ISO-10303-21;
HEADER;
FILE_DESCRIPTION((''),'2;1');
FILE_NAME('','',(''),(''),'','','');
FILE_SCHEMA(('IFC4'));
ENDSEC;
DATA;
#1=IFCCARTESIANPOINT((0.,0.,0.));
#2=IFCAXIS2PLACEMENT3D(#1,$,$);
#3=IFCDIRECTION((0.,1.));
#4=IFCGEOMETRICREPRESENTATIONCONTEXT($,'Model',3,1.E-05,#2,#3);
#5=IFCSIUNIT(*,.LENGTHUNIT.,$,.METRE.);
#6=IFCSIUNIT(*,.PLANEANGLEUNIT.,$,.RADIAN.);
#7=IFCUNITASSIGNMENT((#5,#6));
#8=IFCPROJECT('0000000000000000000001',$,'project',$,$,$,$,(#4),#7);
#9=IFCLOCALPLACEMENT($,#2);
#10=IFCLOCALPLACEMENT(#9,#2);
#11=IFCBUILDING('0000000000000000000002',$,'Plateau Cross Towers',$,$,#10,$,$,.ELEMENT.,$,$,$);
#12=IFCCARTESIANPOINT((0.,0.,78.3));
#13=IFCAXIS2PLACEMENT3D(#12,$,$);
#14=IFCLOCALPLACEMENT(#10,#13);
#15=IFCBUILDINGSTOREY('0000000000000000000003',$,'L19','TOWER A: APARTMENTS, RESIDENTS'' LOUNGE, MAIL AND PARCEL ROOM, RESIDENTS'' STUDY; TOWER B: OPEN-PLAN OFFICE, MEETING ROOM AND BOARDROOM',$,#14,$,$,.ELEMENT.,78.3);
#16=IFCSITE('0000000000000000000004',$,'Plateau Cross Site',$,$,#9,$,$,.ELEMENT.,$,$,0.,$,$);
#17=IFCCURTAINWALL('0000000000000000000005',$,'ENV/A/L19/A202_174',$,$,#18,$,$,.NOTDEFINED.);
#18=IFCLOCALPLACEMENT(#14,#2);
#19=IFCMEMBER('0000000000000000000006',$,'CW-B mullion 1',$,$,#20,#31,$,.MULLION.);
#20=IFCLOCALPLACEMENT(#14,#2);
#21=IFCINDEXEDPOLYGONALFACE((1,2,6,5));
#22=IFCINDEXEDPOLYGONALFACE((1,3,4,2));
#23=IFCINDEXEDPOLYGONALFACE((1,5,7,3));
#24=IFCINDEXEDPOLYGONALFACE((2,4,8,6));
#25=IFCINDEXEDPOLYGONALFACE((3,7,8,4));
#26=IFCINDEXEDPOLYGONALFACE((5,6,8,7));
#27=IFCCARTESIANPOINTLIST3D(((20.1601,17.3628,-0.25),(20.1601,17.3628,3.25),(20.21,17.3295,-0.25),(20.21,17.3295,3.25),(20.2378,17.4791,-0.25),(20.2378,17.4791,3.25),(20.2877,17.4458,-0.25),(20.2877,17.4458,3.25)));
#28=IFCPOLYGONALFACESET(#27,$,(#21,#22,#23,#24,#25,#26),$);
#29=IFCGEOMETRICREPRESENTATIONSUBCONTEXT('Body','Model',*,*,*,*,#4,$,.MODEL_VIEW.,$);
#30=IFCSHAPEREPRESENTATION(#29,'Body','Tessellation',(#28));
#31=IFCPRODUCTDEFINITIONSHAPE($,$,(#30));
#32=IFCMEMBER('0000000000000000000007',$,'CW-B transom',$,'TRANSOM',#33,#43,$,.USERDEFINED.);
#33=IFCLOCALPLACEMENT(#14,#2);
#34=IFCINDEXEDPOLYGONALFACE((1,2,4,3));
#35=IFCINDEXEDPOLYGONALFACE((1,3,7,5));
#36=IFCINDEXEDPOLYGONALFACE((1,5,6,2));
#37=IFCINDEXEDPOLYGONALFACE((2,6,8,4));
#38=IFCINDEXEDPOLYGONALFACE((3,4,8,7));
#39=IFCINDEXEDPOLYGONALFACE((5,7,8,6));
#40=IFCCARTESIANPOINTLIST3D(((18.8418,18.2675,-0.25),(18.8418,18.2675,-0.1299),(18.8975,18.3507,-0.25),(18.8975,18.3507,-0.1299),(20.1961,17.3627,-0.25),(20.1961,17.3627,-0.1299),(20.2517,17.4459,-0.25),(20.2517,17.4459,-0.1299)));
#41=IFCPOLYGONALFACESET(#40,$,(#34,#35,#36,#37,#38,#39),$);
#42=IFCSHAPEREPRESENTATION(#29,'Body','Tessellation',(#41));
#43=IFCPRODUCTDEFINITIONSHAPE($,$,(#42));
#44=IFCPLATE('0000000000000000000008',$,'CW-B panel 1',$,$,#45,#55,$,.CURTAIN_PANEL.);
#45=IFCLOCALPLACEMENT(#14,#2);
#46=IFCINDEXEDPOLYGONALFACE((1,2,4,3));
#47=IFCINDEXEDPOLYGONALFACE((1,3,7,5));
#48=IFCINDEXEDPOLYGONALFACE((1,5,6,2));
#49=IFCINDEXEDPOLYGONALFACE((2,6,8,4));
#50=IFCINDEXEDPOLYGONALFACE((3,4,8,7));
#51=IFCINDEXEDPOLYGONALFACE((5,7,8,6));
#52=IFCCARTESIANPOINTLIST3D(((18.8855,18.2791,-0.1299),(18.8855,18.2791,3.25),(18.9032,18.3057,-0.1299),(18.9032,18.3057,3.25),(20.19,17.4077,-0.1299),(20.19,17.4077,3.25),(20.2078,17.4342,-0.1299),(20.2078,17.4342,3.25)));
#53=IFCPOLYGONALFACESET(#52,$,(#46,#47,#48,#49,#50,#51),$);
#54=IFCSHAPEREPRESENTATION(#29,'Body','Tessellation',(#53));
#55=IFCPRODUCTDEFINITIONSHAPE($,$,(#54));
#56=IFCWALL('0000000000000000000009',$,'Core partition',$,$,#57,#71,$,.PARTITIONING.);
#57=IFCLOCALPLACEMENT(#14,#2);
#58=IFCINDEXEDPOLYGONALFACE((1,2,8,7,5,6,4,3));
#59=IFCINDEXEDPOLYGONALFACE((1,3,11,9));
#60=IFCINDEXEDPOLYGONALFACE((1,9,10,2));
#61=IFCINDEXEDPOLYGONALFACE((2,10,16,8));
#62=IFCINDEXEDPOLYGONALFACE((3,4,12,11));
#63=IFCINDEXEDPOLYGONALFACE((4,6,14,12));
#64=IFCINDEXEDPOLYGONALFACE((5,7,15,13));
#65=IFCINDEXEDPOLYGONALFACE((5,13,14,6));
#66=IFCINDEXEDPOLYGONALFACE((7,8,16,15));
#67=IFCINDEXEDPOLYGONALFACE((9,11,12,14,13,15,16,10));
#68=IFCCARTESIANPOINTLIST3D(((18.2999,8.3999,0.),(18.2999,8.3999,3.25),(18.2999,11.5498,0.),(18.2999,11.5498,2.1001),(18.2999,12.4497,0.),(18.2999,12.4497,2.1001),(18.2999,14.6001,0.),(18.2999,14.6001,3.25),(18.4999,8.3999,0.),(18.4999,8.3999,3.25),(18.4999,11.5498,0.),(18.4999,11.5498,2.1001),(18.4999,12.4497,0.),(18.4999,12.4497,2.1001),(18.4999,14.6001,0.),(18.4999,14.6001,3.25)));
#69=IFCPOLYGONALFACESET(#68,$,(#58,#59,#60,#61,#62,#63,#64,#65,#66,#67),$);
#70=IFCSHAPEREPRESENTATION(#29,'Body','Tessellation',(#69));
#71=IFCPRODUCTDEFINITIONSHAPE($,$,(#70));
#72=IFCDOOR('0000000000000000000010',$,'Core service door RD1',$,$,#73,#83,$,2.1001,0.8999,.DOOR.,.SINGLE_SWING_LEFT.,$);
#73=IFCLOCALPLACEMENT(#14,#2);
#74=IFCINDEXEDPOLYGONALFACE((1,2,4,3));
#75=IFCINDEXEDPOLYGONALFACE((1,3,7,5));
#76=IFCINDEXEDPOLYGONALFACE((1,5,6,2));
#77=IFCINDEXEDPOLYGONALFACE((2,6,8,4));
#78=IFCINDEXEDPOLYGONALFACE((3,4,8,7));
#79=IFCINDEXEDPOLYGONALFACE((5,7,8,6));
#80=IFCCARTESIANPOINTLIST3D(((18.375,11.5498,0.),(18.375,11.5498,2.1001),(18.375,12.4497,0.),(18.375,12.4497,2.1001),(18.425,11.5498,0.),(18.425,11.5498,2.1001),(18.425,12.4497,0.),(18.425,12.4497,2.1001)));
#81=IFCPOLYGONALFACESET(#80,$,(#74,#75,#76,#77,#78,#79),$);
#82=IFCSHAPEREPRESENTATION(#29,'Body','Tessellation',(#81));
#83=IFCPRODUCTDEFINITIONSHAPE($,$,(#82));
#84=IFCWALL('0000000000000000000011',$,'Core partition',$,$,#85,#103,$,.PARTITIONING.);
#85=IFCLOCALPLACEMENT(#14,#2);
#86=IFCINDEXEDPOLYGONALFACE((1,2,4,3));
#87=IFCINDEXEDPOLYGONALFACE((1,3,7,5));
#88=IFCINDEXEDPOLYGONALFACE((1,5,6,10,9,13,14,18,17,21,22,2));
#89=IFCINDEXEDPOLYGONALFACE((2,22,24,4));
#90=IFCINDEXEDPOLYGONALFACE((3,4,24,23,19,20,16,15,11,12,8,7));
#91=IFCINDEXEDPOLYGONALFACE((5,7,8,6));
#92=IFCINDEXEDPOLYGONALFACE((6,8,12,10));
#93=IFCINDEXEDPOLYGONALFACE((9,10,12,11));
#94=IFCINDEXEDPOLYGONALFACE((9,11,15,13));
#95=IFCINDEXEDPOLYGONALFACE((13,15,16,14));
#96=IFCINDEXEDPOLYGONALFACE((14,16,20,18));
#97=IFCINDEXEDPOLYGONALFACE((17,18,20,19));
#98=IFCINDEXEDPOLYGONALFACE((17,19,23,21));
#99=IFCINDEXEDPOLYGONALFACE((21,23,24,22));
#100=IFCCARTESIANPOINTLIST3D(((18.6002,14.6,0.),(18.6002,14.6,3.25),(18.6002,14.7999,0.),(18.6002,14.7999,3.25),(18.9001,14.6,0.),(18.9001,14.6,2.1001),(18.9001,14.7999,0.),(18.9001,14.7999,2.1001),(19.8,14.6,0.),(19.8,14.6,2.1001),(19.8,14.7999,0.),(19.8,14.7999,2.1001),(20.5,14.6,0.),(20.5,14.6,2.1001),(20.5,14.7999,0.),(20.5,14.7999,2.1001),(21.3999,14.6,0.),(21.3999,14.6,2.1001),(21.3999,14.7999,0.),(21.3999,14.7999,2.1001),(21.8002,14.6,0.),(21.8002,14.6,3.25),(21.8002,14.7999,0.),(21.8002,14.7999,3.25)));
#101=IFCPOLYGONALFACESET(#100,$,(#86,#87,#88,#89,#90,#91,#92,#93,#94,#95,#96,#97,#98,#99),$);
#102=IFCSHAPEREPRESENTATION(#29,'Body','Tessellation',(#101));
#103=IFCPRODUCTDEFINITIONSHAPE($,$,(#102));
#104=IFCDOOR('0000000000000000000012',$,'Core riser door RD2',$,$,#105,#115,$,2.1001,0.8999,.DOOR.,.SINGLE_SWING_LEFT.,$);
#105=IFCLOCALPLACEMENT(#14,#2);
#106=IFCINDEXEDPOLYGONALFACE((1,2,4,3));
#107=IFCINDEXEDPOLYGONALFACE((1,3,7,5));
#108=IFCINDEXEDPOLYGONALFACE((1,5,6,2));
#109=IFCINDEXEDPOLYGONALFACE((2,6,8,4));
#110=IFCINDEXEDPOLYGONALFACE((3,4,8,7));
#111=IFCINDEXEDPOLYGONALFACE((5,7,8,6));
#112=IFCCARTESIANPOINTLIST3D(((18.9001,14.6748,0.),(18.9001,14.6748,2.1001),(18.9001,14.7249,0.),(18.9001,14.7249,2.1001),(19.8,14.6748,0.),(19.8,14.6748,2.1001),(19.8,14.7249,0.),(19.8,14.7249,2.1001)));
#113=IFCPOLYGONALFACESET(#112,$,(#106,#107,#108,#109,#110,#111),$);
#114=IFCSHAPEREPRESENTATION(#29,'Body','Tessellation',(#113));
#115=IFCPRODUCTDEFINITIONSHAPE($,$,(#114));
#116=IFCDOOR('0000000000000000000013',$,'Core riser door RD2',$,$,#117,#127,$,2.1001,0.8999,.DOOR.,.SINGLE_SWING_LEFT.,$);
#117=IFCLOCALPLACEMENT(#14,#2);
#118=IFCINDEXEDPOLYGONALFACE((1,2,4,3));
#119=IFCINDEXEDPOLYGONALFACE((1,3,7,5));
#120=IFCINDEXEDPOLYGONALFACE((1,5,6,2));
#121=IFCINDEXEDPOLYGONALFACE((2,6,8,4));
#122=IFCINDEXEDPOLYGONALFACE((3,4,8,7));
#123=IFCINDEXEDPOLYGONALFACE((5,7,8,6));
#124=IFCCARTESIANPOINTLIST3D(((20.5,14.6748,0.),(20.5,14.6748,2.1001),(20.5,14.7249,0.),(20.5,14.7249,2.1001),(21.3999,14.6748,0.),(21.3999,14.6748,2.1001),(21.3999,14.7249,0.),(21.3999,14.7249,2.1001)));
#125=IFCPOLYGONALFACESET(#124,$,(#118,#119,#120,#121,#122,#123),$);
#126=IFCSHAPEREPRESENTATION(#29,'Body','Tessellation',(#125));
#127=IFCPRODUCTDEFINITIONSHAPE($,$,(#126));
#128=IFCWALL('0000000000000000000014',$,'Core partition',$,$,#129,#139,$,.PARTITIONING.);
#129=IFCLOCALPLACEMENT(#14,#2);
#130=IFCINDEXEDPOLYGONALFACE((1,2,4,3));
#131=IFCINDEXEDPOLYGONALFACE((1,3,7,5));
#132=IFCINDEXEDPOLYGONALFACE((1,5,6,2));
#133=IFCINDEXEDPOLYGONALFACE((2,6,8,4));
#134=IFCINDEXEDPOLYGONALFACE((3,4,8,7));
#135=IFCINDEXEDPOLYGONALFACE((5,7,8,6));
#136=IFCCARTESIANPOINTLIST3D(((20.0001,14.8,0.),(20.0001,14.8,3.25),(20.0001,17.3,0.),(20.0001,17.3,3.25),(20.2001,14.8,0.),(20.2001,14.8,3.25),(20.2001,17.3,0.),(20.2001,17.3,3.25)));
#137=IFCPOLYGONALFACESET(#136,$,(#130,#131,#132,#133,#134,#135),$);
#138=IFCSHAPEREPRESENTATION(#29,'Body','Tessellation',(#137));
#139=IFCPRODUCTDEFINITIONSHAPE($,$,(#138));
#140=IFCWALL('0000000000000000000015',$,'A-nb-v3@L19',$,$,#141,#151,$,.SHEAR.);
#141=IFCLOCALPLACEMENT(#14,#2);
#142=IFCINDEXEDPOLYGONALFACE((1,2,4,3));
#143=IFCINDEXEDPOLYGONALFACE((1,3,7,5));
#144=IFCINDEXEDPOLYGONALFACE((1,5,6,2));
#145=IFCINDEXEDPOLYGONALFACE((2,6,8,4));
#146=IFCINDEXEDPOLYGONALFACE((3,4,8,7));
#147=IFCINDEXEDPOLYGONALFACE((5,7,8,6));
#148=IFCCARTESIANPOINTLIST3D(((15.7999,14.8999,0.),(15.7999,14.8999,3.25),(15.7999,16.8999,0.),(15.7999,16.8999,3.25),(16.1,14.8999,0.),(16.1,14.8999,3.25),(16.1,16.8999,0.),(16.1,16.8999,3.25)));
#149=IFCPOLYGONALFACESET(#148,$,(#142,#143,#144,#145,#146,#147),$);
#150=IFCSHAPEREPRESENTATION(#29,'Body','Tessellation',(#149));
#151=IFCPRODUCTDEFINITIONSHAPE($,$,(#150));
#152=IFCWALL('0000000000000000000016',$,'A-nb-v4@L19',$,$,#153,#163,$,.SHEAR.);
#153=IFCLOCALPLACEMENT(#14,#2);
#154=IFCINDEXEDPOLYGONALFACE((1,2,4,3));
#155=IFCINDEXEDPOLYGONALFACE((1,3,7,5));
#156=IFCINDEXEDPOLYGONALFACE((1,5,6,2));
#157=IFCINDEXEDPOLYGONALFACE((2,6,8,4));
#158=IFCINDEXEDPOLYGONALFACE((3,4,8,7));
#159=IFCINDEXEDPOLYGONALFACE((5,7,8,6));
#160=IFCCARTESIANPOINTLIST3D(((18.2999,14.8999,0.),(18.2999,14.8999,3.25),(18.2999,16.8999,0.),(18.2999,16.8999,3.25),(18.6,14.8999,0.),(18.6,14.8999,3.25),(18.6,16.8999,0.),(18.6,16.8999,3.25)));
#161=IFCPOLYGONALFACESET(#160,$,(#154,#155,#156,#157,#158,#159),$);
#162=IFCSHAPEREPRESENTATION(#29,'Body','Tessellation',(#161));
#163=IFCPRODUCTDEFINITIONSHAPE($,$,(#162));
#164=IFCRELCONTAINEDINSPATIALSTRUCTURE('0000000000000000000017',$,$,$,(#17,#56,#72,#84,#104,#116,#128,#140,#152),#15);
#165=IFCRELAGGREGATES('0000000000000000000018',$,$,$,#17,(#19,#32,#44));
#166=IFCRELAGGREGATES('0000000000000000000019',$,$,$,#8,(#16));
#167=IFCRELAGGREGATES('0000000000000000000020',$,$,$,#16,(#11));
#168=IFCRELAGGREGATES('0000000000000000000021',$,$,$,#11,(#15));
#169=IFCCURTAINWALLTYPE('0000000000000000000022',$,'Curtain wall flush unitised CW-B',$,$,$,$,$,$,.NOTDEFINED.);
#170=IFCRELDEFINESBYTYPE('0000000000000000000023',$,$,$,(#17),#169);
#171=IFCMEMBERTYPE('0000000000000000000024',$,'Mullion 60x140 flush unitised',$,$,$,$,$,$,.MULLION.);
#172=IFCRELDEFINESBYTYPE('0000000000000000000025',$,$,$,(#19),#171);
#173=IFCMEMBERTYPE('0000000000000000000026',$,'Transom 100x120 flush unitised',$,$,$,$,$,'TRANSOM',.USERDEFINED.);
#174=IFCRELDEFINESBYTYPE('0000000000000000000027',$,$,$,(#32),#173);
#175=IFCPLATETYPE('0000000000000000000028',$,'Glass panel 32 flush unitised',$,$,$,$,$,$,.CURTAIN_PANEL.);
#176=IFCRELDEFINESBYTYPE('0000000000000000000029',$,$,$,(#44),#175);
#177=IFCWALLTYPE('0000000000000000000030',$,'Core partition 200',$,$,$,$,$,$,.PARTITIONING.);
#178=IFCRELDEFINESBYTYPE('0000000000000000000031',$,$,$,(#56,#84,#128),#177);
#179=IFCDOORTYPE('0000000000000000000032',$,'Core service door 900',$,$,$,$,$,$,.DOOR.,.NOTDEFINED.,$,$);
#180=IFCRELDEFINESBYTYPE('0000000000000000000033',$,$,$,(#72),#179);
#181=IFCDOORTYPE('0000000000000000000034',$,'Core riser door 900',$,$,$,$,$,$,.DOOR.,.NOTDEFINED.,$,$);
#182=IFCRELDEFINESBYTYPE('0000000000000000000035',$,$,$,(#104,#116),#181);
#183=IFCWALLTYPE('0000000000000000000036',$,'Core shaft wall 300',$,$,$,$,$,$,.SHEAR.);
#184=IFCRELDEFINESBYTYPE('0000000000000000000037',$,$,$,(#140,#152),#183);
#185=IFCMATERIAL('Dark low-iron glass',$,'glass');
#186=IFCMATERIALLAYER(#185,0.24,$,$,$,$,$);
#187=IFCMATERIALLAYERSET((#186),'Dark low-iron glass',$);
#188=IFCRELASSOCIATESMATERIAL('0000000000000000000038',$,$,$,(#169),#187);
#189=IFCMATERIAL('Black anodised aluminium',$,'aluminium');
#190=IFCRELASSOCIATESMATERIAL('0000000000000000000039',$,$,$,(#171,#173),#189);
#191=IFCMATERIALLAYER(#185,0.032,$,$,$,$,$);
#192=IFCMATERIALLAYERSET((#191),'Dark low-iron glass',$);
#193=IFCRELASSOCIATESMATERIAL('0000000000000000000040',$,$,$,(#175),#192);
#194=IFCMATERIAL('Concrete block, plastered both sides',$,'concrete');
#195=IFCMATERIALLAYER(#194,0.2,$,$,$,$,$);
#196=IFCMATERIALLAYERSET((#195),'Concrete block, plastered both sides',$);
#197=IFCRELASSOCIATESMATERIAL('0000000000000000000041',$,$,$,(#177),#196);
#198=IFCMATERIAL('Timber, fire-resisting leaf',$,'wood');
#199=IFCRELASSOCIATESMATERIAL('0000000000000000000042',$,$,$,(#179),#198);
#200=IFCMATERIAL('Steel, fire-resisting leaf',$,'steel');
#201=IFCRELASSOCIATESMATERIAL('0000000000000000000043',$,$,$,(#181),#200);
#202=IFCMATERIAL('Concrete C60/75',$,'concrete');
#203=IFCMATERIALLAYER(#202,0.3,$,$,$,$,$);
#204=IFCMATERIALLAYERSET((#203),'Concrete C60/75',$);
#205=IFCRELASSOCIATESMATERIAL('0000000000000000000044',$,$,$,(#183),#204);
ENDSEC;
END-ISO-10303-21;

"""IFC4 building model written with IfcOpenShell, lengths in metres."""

from ifc_helpers import new_model, si_unit, direction, frame, frame_2d, origin, origin_2d, place, context, subcontext, project, spatial, rectangle, extrude, material, layer, layer_set, material_profile, profile_set, type_object, element, fill, aggregate, save


model = new_model("IFC4")

# Units and contexts
model_context = context("Model", 3, precision=1e-05, world=origin(), true_north=direction((0.0, 1.0)))
body_context = subcontext(model_context, "Body", "Model", "MODEL_VIEW")
ifc_project = project(units=[si_unit("LENGTHUNIT", "METRE"), si_unit("PLANEANGLEUNIT", "RADIAN")], contexts=[model_context])

# Site, building, storey
site_placement = place(None, origin())
site = spatial("IfcSite", under=ifc_project, at=site_placement, Name="Plateau Cross Site", CompositionType="ELEMENT", RefElevation=0.0)
building_placement = place(site_placement, origin())
building = spatial("IfcBuilding", under=site, at=building_placement, Name="Plateau Cross Towers", CompositionType="ELEMENT")
storey_placement = place(building_placement, frame((0.0, 0.0, 78.3)))
storey = spatial("IfcBuildingStorey", under=building, at=storey_placement, Name="L19", Description="TOWER A: APARTMENTS, RESIDENTS' LOUNGE, MAIL AND PARCEL ROOM, RESIDENTS' STUDY; TOWER B: OPEN-PLAN OFFICE, MEETING ROOM AND BOARDROOM", CompositionType="ELEMENT", Elevation=78.3)

# Curtain wall, members, plate
ifc_material_1 = material(Name="Dark low-iron glass", Category="glass")
ifc_layer_1 = layer(ifc_material_1, 0.24)
ifc_layer_set_1 = layer_set([ifc_layer_1], Name="Dark low-iron glass")
curtain_wall_type = type_object("IfcCurtainWallType", Name="Curtain wall flush unitised CW-B", PredefinedType="NOTDEFINED", material=ifc_layer_set_1)
curtain_wall_placement = place(storey_placement, origin())
curtain_wall = element("IfcCurtainWall", 1, at=curtain_wall_placement, inside=storey, type_object=curtain_wall_type, Name="ENV/A/L19/A202_174", PredefinedType="NOTDEFINED")
ifc_material_2 = material(Name="Black anodised aluminium", Category="aluminium")
ifc_material_profile_1 = material_profile(ifc_material_2, rectangle(XDim=0.0601, YDim=0.1399, at=origin_2d()), Name="MULLION 60x140")
ifc_profile_set_1 = profile_set([ifc_material_profile_1], Name="Black anodised aluminium")
member_type_1 = type_object("IfcMemberType", Name="Mullion 60x140 flush unitised", PredefinedType="MULLION", material=ifc_profile_set_1)
member_1_placement = place(storey_placement, frame((20.2239, 17.4043, -0.25), z_axis=(0.0, 0.0, 1.0), x_axis=(-0.831521, 0.555493, 0.0)))
member_1 = element("IfcMember", 2, at=member_1_placement, type_object=member_type_1, Name="CW-B mullion 1", PredefinedType="MULLION", context=body_context, shape_type="SweptSolid", body=[
    extrude(rectangle(XDim=0.0601, YDim=0.1399, at=origin_2d()), origin(), (0.0, 0.0, 1.0), 3.5),
])
ifc_material_profile_2 = material_profile(ifc_material_2, rectangle(XDim=0.1001, YDim=0.1201, at=origin_2d()), Name="TRANSOM 100x120")
ifc_profile_set_2 = profile_set([ifc_material_profile_2], Name="Black anodised aluminium")
member_type_2 = type_object("IfcMemberType", Name="Transom 100x120 flush unitised", ElementType="TRANSOM", PredefinedType="USERDEFINED", material=ifc_profile_set_2)
member_2_placement = place(storey_placement, frame((20.2239, 17.4043, -0.1899), z_axis=(-0.831496, 0.55553, 0.0), x_axis=(-0.55553, -0.831496, 0.0)))
member_2 = element("IfcMember", 3, at=member_2_placement, type_object=member_type_2, Name="CW-B transom", ObjectType="TRANSOM", PredefinedType="USERDEFINED", context=body_context, shape_type="SweptSolid", body=[
    extrude(rectangle(XDim=0.1001, YDim=0.1201, at=origin_2d()), origin(), (0.0, 0.0, 1.0), 1.6287),
])
ifc_layer_2 = layer(ifc_material_1, 0.032)
ifc_layer_set_2 = layer_set([ifc_layer_2], Name="Dark low-iron glass")
plate_type = type_object("IfcPlateType", Name="Glass panel 32 flush unitised", PredefinedType="CURTAIN_PANEL", material=ifc_layer_set_2)
plate_placement = place(storey_placement, frame((19.5466, 17.8567, -0.1299), z_axis=(0.0, 0.0, 1.0), x_axis=(-0.831521, 0.555493, 0.0)))
plate = element("IfcPlate", 4, at=plate_placement, type_object=plate_type, Name="CW-B panel 1", PredefinedType="CURTAIN_PANEL", context=body_context, shape_type="SweptSolid", body=[
    extrude(rectangle(XDim=1.5688, YDim=0.032, at=origin_2d()), origin(), (0.0, 0.0, 1.0), 3.3799),
])
aggregate(curtain_wall, [member_1, member_2, plate])

# Wall, opening, door
ifc_material_3 = material(Name="Concrete block, plastered both sides", Category="concrete")
ifc_layer_3 = layer(ifc_material_3, 0.2)
ifc_layer_set_3 = layer_set([ifc_layer_3], Name="Concrete block, plastered both sides")
wall_type_1 = type_object("IfcWallType", Name="Core partition 200", PredefinedType="PARTITIONING", material=ifc_layer_set_3)
wall_1_placement = place(storey_placement, frame((18.3999, 8.3999, 0.0), z_axis=(0.0, 0.0, 1.0), x_axis=(0.0, 1.0, 0.0)))
wall_1 = element("IfcWall", 5, at=wall_1_placement, inside=storey, type_object=wall_type_1, Name="Core partition", PredefinedType="PARTITIONING", context=body_context, shape_type="SweptSolid", body=[
    extrude(rectangle(XDim=6.2002, YDim=0.2, at=frame_2d((3.1001, 0.0))), origin(), (0.0, 0.0, 1.0), 3.25),
])
opening_1_placement = place(wall_1_placement, frame((3.1499, 0.0, 0.0)))
opening_1 = element("IfcOpeningElement", 6, at=opening_1_placement, cuts=wall_1, PredefinedType="OPENING", context=body_context, shape_type="SweptSolid", body=[
    extrude(rectangle(XDim=0.8999, YDim=2.1001, at=frame_2d((0.45, 1.05))), frame((0.0, 0.1099, 0.0), z_axis=(0.0, -1.0, 0.0), x_axis=(1.0, 0.0, 0.0)), (0.0, 0.0, 1.0), 0.22),
])
ifc_material_4 = material(Name="Timber, fire-resisting leaf", Category="wood")
door_type_1 = type_object("IfcDoorType", Name="Core service door 900", OperationType="NOTDEFINED", PredefinedType="DOOR", material=ifc_material_4)
door_1_placement = place(opening_1_placement, origin())
door_1 = element("IfcDoor", 7, at=door_1_placement, inside=storey, type_object=door_type_1, Name="Core service door RD1", OperationType="SINGLE_SWING_LEFT", OverallHeight=2.1001, OverallWidth=0.8999, PredefinedType="DOOR", context=body_context, shape_type="SweptSolid", body=[
    extrude(rectangle(XDim=0.8999, YDim=2.1001, at=frame_2d((0.45, 1.05))), frame((0.0, 0.0249, 0.0), z_axis=(0.0, -1.0, 0.0), x_axis=(1.0, 0.0, 0.0)), (0.0, 0.0, 1.0), 0.05),
])
fill(opening_1, door_1)

# Wall, openings, doors
wall_2_placement = place(storey_placement, frame((18.6001, 14.7, 0.0), z_axis=(0.0, 0.0, 1.0), x_axis=(1.0, 0.0, 0.0)))
wall_2 = element("IfcWall", 8, at=wall_2_placement, inside=storey, type_object=wall_type_1, Name="Core partition", PredefinedType="PARTITIONING", context=body_context, shape_type="SweptSolid", body=[
    extrude(rectangle(XDim=3.2, YDim=0.2, at=frame_2d((1.6001, 0.0))), origin(), (0.0, 0.0, 1.0), 3.25),
])
opening_2_placement = place(wall_2_placement, frame((0.3, 0.0, 0.0)))
opening_2 = element("IfcOpeningElement", 9, at=opening_2_placement, cuts=wall_2, PredefinedType="OPENING", context=body_context, shape_type="SweptSolid", body=[
    extrude(rectangle(XDim=0.8999, YDim=2.1001, at=frame_2d((0.45, 1.05))), frame((0.0, 0.1099, 0.0), z_axis=(0.0, -1.0, 0.0), x_axis=(1.0, 0.0, 0.0)), (0.0, 0.0, 1.0), 0.22),
])
opening_3_placement = place(wall_2_placement, frame((1.8999, 0.0, 0.0)))
opening_3 = element("IfcOpeningElement", 10, at=opening_3_placement, cuts=wall_2, PredefinedType="OPENING", context=body_context, shape_type="SweptSolid", body=[
    extrude(rectangle(XDim=0.8999, YDim=2.1001, at=frame_2d((0.45, 1.05))), frame((0.0, 0.1099, 0.0), z_axis=(0.0, -1.0, 0.0), x_axis=(1.0, 0.0, 0.0)), (0.0, 0.0, 1.0), 0.22),
])
ifc_material_5 = material(Name="Steel, fire-resisting leaf", Category="steel")
door_type_2 = type_object("IfcDoorType", Name="Core riser door 900", OperationType="NOTDEFINED", PredefinedType="DOOR", material=ifc_material_5)
door_2_placement = place(opening_2_placement, origin())
door_2 = element("IfcDoor", 11, at=door_2_placement, inside=storey, type_object=door_type_2, Name="Core riser door RD2", OperationType="SINGLE_SWING_LEFT", OverallHeight=2.1001, OverallWidth=0.8999, PredefinedType="DOOR", context=body_context, shape_type="SweptSolid", body=[
    extrude(rectangle(XDim=0.8999, YDim=2.1001, at=frame_2d((0.45, 1.05))), frame((0.0, 0.0249, 0.0), z_axis=(0.0, -1.0, 0.0), x_axis=(1.0, 0.0, 0.0)), (0.0, 0.0, 1.0), 0.05),
])
fill(opening_2, door_2)
door_3_placement = place(opening_3_placement, origin())
door_3 = element("IfcDoor", 12, at=door_3_placement, inside=storey, type_object=door_type_2, Name="Core riser door RD2", OperationType="SINGLE_SWING_LEFT", OverallHeight=2.1001, OverallWidth=0.8999, PredefinedType="DOOR", context=body_context, shape_type="SweptSolid", body=[
    extrude(rectangle(XDim=0.8999, YDim=2.1001, at=frame_2d((0.45, 1.05))), frame((0.0, 0.0249, 0.0), z_axis=(0.0, -1.0, 0.0), x_axis=(1.0, 0.0, 0.0)), (0.0, 0.0, 1.0), 0.05),
])
fill(opening_3, door_3)

# Walls
wall_3_placement = place(storey_placement, frame((20.1001, 14.8, 0.0), z_axis=(0.0, 0.0, 1.0), x_axis=(0.0, 1.0, 0.0)))
element("IfcWall", 13, at=wall_3_placement, inside=storey, type_object=wall_type_1, Name="Core partition", PredefinedType="PARTITIONING", context=body_context, shape_type="SweptSolid", body=[
    extrude(rectangle(XDim=2.5, YDim=0.2, at=frame_2d((1.25, 0.0))), origin(), (0.0, 0.0, 1.0), 3.25),
])
ifc_material_6 = material(Name="Concrete C60/75", Category="concrete")
ifc_layer_4 = layer(ifc_material_6, 0.3)
ifc_layer_set_4 = layer_set([ifc_layer_4], Name="Concrete C60/75")
wall_type_2 = type_object("IfcWallType", Name="Core shaft wall 300", PredefinedType="SHEAR", material=ifc_layer_set_4)
for number, where, z_axis, x_axis, name in (
    (14, (15.95, 14.8999, 0.0), (0.0, 0.0, 1.0), (0.0, 1.0, 0.0), "A-nb-v3@L19"),
    (15, (18.45, 14.8999, 0.0), (0.0, 0.0, 1.0), (0.0, 1.0, 0.0), "A-nb-v4@L19"),
):
    element("IfcWall", number, at=place(storey_placement, frame(where, z_axis=z_axis, x_axis=x_axis)), inside=storey, type_object=wall_type_2, Name=name, PredefinedType="SHEAR", context=body_context, shape_type="SweptSolid", body=[
        extrude(rectangle(XDim=2.0, YDim=0.3, at=frame_2d((1.0, 0.0))), origin(), (0.0, 0.0, 1.0), 3.25),
    ])

save(model, "model.ifc")
